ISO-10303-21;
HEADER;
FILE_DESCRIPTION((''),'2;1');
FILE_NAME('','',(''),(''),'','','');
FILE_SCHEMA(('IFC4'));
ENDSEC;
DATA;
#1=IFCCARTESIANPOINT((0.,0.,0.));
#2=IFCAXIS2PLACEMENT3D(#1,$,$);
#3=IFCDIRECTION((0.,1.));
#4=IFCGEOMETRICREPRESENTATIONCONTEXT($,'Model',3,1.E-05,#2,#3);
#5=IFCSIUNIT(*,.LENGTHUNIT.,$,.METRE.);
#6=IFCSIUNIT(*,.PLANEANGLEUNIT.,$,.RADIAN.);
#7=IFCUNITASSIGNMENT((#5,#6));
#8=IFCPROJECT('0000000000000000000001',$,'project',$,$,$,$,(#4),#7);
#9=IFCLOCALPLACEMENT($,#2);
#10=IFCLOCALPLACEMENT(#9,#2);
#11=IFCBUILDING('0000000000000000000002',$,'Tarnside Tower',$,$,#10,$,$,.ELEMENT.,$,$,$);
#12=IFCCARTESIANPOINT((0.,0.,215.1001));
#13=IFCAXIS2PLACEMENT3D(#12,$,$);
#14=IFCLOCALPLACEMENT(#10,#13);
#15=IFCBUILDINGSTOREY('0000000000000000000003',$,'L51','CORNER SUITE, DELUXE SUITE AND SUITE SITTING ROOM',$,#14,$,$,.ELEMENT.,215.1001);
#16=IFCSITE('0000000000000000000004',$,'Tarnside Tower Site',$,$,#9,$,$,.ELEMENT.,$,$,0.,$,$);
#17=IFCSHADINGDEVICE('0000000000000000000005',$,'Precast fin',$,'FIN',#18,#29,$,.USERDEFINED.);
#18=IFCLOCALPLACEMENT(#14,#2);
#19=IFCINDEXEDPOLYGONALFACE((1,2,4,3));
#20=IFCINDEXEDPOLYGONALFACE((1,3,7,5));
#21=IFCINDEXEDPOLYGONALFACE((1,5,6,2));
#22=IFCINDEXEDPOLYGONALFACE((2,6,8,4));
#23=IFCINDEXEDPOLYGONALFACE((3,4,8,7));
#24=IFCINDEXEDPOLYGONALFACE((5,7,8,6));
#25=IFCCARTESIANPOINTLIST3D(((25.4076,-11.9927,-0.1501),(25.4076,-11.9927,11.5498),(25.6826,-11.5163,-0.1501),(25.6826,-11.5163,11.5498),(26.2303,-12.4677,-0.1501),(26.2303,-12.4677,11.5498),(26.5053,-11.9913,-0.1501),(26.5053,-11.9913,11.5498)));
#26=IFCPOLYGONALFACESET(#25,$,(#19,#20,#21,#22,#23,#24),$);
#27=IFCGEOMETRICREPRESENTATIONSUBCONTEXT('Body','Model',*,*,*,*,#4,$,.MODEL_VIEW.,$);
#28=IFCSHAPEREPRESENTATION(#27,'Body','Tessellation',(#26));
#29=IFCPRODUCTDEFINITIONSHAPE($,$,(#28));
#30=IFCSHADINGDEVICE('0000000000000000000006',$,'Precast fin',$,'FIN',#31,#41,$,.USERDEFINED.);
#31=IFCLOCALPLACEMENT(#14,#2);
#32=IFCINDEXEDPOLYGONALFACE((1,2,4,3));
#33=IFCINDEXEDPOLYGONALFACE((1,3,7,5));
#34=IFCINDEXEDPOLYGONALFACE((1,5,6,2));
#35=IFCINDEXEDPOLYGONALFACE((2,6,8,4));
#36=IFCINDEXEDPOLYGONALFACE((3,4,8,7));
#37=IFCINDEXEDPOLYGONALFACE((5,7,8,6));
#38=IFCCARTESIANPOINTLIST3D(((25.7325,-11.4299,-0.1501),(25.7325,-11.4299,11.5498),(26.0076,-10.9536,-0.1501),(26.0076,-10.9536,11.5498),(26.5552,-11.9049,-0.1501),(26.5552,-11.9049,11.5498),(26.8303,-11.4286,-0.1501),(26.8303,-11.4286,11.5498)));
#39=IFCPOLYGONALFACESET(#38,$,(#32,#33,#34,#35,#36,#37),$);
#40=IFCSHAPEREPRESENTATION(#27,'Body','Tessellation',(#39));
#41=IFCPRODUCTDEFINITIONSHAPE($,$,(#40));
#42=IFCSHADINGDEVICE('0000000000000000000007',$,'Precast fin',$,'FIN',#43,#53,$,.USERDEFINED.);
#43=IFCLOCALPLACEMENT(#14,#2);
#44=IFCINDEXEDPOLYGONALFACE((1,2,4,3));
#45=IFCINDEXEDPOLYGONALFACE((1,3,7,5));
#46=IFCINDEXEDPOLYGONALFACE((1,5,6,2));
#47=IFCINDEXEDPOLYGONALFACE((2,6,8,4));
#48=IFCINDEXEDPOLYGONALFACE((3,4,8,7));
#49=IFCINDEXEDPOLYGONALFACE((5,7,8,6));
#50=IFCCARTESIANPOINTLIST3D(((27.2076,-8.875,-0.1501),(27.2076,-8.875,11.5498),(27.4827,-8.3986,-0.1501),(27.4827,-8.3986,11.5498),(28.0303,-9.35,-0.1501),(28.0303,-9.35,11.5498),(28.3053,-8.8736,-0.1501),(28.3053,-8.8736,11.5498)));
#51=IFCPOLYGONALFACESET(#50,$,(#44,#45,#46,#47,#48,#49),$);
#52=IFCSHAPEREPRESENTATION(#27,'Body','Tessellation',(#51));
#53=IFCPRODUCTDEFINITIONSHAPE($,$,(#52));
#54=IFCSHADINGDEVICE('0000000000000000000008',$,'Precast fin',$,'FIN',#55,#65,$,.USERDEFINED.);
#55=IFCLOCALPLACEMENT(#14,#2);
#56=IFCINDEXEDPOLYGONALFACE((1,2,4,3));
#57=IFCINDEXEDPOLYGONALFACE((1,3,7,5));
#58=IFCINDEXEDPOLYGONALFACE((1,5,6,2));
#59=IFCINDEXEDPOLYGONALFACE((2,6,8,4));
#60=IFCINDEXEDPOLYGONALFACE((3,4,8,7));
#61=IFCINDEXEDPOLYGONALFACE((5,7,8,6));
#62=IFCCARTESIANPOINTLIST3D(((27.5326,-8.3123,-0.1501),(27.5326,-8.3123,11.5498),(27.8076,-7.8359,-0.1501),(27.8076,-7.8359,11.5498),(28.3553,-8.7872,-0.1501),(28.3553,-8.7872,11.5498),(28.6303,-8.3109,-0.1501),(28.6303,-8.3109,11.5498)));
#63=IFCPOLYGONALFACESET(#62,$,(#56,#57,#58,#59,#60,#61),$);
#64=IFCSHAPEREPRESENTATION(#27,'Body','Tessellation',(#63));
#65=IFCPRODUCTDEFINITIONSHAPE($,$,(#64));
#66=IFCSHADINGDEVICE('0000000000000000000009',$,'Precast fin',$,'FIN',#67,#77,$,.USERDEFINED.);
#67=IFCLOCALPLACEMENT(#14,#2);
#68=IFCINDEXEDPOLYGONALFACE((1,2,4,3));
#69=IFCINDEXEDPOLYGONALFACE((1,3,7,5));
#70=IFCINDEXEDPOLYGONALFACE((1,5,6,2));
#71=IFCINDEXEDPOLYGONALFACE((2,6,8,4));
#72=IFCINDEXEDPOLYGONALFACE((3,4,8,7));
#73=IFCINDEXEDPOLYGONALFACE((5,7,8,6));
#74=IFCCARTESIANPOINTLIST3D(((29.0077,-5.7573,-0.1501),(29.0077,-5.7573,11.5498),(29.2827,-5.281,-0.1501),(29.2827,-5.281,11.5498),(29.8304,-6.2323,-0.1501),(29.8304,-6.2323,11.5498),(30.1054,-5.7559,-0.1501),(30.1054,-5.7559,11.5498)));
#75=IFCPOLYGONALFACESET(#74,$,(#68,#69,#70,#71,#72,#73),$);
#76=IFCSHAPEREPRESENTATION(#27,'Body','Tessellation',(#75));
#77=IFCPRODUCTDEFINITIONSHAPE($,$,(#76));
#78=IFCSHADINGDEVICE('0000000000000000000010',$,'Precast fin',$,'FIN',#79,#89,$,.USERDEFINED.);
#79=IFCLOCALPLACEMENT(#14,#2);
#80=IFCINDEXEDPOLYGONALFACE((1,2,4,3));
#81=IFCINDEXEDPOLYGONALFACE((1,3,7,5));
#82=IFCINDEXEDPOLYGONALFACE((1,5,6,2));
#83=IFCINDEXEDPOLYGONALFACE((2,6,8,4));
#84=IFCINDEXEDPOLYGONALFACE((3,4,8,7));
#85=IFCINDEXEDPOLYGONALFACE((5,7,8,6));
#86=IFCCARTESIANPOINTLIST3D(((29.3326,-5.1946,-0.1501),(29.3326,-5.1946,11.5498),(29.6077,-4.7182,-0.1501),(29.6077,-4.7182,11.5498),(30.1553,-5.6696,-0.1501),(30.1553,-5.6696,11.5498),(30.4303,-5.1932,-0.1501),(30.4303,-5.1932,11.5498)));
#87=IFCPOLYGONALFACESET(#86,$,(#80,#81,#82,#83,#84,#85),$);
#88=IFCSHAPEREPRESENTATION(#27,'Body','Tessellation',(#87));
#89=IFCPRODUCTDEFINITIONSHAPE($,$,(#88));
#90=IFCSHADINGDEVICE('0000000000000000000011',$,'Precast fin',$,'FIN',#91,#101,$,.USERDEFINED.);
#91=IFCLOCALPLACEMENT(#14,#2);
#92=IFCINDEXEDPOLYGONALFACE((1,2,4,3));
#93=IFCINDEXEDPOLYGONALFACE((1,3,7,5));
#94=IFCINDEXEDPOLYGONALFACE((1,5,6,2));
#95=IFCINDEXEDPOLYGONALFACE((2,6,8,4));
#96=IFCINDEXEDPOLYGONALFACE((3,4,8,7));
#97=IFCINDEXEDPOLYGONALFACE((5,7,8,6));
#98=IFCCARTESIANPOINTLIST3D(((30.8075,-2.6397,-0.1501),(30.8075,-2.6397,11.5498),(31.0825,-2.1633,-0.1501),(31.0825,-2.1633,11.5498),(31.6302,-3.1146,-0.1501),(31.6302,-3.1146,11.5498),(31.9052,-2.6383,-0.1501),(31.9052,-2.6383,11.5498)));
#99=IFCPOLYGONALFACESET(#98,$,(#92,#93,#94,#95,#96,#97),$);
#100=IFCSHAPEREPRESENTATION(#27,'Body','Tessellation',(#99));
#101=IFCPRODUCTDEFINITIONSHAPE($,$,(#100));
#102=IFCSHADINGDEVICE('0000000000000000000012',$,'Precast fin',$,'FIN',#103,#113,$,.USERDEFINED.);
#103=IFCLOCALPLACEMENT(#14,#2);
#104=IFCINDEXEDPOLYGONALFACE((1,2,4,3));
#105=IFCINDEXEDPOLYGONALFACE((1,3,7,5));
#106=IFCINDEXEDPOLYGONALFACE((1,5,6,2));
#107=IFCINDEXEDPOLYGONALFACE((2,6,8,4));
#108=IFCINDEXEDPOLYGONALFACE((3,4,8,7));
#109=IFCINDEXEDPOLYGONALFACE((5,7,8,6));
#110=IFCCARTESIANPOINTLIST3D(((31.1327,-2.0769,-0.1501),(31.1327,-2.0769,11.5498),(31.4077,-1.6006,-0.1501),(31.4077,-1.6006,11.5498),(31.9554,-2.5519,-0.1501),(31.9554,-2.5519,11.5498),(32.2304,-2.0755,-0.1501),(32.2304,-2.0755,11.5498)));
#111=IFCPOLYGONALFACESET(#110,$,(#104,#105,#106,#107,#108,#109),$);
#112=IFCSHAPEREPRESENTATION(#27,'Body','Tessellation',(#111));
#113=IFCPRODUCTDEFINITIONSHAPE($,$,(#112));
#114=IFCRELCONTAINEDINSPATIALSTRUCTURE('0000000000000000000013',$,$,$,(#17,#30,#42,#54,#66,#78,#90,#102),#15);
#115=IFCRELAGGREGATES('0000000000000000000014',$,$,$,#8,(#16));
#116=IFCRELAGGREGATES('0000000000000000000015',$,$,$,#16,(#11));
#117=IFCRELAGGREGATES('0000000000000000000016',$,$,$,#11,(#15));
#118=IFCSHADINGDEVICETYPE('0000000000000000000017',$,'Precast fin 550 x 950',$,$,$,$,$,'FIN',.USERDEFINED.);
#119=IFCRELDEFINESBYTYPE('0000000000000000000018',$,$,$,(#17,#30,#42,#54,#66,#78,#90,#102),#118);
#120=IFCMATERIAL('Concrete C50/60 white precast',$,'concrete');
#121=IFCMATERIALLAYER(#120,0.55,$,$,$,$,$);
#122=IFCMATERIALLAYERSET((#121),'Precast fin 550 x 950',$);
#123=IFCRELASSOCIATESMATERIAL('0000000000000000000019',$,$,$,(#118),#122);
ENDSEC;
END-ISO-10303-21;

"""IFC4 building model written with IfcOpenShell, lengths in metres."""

from ifc_helpers import new_model, si_unit, direction, frame, origin, place, context, subcontext, project, spatial, polyline, outline, extrude, material, layer, layer_set, type_object, element, save


model = new_model("IFC4")

# Units and contexts
model_context = context("Model", 3, precision=1e-05, world=origin(), true_north=direction((0.0, 1.0)))
body_context = subcontext(model_context, "Body", "Model", "MODEL_VIEW")
ifc_project = project(units=[si_unit("LENGTHUNIT", "METRE"), si_unit("PLANEANGLEUNIT", "RADIAN")], contexts=[model_context])

# Site, building, storey
site_placement = place(None, origin())
site = spatial("IfcSite", under=ifc_project, at=site_placement, Name="Tarnside Tower Site", CompositionType="ELEMENT", RefElevation=0.0)
building_placement = place(site_placement, origin())
building = spatial("IfcBuilding", under=site, at=building_placement, Name="Tarnside Tower", CompositionType="ELEMENT")
storey_placement = place(building_placement, frame((0.0, 0.0, 215.1001)))
storey = spatial("IfcBuildingStorey", under=building, at=storey_placement, Name="L51", Description="CORNER SUITE, DELUXE SUITE AND SUITE SITTING ROOM", CompositionType="ELEMENT", Elevation=215.1001)

# Shading devices
ifc_material_1 = material(Name="Concrete C50/60 white precast", Category="concrete")
ifc_layer_1 = layer(ifc_material_1, 0.55)
ifc_layer_set_1 = layer_set([ifc_layer_1], Name="Precast fin 550 x 950")
shading_device_type_1 = type_object("IfcShadingDeviceType", Name="Precast fin 550 x 950", ElementType="FIN", PredefinedType="USERDEFINED", material=ifc_layer_set_1)
for number, where, z_axis, x_axis, name in (
    (1, (25.5452, -11.7544, -0.1501), (-0.5, -0.866025, 0.0), (0.866025, -0.5, 0.0), "Precast fin"),
    (2, (25.8701, -11.1917, -0.1501), (-0.5, -0.866025, 0.0), (0.866025, -0.5, 0.0), "Precast fin"),
    (3, (27.3452, -8.6367, -0.1501), (-0.5, -0.866025, 0.0), (0.866025, -0.5, 0.0), "Precast fin"),
    (4, (27.6702, -8.074, -0.1501), (-0.5, -0.866025, 0.0), (0.866025, -0.5, 0.0), "Precast fin"),
    (5, (29.1453, -5.519, -0.1501), (-0.5, -0.866025, 0.0), (0.866025, -0.5, 0.0), "Precast fin"),
    (6, (29.4702, -4.9563, -0.1501), (-0.5, -0.866025, 0.0), (0.866025, -0.5, 0.0), "Precast fin"),
    (7, (30.9451, -2.4014, -0.1501), (-0.5, -0.866025, 0.0), (0.866025, -0.5, 0.0), "Precast fin"),
    (8, (31.2703, -1.8386, -0.1501), (-0.5, -0.866025, 0.0), (0.866025, -0.5, 0.0), "Precast fin"),
):
    element("IfcShadingDevice", number, at=place(storey_placement, frame(where, z_axis=z_axis, x_axis=x_axis)), inside=storey, type_object=shading_device_type_1, Name=name, ObjectType="FIN", PredefinedType="USERDEFINED", context=body_context, shape_type="SweptSolid", body=[
        extrude(outline(polyline([(0.0, 0.0), (0.95, 0.0), (0.95, 11.7), (0.0, 11.7), (0.0, 0.0)])), frame((0.0, 0.0, -0.2749)), (0.0, 0.0, 1.0), 0.55),
    ])

save(model, "model.ifc")
